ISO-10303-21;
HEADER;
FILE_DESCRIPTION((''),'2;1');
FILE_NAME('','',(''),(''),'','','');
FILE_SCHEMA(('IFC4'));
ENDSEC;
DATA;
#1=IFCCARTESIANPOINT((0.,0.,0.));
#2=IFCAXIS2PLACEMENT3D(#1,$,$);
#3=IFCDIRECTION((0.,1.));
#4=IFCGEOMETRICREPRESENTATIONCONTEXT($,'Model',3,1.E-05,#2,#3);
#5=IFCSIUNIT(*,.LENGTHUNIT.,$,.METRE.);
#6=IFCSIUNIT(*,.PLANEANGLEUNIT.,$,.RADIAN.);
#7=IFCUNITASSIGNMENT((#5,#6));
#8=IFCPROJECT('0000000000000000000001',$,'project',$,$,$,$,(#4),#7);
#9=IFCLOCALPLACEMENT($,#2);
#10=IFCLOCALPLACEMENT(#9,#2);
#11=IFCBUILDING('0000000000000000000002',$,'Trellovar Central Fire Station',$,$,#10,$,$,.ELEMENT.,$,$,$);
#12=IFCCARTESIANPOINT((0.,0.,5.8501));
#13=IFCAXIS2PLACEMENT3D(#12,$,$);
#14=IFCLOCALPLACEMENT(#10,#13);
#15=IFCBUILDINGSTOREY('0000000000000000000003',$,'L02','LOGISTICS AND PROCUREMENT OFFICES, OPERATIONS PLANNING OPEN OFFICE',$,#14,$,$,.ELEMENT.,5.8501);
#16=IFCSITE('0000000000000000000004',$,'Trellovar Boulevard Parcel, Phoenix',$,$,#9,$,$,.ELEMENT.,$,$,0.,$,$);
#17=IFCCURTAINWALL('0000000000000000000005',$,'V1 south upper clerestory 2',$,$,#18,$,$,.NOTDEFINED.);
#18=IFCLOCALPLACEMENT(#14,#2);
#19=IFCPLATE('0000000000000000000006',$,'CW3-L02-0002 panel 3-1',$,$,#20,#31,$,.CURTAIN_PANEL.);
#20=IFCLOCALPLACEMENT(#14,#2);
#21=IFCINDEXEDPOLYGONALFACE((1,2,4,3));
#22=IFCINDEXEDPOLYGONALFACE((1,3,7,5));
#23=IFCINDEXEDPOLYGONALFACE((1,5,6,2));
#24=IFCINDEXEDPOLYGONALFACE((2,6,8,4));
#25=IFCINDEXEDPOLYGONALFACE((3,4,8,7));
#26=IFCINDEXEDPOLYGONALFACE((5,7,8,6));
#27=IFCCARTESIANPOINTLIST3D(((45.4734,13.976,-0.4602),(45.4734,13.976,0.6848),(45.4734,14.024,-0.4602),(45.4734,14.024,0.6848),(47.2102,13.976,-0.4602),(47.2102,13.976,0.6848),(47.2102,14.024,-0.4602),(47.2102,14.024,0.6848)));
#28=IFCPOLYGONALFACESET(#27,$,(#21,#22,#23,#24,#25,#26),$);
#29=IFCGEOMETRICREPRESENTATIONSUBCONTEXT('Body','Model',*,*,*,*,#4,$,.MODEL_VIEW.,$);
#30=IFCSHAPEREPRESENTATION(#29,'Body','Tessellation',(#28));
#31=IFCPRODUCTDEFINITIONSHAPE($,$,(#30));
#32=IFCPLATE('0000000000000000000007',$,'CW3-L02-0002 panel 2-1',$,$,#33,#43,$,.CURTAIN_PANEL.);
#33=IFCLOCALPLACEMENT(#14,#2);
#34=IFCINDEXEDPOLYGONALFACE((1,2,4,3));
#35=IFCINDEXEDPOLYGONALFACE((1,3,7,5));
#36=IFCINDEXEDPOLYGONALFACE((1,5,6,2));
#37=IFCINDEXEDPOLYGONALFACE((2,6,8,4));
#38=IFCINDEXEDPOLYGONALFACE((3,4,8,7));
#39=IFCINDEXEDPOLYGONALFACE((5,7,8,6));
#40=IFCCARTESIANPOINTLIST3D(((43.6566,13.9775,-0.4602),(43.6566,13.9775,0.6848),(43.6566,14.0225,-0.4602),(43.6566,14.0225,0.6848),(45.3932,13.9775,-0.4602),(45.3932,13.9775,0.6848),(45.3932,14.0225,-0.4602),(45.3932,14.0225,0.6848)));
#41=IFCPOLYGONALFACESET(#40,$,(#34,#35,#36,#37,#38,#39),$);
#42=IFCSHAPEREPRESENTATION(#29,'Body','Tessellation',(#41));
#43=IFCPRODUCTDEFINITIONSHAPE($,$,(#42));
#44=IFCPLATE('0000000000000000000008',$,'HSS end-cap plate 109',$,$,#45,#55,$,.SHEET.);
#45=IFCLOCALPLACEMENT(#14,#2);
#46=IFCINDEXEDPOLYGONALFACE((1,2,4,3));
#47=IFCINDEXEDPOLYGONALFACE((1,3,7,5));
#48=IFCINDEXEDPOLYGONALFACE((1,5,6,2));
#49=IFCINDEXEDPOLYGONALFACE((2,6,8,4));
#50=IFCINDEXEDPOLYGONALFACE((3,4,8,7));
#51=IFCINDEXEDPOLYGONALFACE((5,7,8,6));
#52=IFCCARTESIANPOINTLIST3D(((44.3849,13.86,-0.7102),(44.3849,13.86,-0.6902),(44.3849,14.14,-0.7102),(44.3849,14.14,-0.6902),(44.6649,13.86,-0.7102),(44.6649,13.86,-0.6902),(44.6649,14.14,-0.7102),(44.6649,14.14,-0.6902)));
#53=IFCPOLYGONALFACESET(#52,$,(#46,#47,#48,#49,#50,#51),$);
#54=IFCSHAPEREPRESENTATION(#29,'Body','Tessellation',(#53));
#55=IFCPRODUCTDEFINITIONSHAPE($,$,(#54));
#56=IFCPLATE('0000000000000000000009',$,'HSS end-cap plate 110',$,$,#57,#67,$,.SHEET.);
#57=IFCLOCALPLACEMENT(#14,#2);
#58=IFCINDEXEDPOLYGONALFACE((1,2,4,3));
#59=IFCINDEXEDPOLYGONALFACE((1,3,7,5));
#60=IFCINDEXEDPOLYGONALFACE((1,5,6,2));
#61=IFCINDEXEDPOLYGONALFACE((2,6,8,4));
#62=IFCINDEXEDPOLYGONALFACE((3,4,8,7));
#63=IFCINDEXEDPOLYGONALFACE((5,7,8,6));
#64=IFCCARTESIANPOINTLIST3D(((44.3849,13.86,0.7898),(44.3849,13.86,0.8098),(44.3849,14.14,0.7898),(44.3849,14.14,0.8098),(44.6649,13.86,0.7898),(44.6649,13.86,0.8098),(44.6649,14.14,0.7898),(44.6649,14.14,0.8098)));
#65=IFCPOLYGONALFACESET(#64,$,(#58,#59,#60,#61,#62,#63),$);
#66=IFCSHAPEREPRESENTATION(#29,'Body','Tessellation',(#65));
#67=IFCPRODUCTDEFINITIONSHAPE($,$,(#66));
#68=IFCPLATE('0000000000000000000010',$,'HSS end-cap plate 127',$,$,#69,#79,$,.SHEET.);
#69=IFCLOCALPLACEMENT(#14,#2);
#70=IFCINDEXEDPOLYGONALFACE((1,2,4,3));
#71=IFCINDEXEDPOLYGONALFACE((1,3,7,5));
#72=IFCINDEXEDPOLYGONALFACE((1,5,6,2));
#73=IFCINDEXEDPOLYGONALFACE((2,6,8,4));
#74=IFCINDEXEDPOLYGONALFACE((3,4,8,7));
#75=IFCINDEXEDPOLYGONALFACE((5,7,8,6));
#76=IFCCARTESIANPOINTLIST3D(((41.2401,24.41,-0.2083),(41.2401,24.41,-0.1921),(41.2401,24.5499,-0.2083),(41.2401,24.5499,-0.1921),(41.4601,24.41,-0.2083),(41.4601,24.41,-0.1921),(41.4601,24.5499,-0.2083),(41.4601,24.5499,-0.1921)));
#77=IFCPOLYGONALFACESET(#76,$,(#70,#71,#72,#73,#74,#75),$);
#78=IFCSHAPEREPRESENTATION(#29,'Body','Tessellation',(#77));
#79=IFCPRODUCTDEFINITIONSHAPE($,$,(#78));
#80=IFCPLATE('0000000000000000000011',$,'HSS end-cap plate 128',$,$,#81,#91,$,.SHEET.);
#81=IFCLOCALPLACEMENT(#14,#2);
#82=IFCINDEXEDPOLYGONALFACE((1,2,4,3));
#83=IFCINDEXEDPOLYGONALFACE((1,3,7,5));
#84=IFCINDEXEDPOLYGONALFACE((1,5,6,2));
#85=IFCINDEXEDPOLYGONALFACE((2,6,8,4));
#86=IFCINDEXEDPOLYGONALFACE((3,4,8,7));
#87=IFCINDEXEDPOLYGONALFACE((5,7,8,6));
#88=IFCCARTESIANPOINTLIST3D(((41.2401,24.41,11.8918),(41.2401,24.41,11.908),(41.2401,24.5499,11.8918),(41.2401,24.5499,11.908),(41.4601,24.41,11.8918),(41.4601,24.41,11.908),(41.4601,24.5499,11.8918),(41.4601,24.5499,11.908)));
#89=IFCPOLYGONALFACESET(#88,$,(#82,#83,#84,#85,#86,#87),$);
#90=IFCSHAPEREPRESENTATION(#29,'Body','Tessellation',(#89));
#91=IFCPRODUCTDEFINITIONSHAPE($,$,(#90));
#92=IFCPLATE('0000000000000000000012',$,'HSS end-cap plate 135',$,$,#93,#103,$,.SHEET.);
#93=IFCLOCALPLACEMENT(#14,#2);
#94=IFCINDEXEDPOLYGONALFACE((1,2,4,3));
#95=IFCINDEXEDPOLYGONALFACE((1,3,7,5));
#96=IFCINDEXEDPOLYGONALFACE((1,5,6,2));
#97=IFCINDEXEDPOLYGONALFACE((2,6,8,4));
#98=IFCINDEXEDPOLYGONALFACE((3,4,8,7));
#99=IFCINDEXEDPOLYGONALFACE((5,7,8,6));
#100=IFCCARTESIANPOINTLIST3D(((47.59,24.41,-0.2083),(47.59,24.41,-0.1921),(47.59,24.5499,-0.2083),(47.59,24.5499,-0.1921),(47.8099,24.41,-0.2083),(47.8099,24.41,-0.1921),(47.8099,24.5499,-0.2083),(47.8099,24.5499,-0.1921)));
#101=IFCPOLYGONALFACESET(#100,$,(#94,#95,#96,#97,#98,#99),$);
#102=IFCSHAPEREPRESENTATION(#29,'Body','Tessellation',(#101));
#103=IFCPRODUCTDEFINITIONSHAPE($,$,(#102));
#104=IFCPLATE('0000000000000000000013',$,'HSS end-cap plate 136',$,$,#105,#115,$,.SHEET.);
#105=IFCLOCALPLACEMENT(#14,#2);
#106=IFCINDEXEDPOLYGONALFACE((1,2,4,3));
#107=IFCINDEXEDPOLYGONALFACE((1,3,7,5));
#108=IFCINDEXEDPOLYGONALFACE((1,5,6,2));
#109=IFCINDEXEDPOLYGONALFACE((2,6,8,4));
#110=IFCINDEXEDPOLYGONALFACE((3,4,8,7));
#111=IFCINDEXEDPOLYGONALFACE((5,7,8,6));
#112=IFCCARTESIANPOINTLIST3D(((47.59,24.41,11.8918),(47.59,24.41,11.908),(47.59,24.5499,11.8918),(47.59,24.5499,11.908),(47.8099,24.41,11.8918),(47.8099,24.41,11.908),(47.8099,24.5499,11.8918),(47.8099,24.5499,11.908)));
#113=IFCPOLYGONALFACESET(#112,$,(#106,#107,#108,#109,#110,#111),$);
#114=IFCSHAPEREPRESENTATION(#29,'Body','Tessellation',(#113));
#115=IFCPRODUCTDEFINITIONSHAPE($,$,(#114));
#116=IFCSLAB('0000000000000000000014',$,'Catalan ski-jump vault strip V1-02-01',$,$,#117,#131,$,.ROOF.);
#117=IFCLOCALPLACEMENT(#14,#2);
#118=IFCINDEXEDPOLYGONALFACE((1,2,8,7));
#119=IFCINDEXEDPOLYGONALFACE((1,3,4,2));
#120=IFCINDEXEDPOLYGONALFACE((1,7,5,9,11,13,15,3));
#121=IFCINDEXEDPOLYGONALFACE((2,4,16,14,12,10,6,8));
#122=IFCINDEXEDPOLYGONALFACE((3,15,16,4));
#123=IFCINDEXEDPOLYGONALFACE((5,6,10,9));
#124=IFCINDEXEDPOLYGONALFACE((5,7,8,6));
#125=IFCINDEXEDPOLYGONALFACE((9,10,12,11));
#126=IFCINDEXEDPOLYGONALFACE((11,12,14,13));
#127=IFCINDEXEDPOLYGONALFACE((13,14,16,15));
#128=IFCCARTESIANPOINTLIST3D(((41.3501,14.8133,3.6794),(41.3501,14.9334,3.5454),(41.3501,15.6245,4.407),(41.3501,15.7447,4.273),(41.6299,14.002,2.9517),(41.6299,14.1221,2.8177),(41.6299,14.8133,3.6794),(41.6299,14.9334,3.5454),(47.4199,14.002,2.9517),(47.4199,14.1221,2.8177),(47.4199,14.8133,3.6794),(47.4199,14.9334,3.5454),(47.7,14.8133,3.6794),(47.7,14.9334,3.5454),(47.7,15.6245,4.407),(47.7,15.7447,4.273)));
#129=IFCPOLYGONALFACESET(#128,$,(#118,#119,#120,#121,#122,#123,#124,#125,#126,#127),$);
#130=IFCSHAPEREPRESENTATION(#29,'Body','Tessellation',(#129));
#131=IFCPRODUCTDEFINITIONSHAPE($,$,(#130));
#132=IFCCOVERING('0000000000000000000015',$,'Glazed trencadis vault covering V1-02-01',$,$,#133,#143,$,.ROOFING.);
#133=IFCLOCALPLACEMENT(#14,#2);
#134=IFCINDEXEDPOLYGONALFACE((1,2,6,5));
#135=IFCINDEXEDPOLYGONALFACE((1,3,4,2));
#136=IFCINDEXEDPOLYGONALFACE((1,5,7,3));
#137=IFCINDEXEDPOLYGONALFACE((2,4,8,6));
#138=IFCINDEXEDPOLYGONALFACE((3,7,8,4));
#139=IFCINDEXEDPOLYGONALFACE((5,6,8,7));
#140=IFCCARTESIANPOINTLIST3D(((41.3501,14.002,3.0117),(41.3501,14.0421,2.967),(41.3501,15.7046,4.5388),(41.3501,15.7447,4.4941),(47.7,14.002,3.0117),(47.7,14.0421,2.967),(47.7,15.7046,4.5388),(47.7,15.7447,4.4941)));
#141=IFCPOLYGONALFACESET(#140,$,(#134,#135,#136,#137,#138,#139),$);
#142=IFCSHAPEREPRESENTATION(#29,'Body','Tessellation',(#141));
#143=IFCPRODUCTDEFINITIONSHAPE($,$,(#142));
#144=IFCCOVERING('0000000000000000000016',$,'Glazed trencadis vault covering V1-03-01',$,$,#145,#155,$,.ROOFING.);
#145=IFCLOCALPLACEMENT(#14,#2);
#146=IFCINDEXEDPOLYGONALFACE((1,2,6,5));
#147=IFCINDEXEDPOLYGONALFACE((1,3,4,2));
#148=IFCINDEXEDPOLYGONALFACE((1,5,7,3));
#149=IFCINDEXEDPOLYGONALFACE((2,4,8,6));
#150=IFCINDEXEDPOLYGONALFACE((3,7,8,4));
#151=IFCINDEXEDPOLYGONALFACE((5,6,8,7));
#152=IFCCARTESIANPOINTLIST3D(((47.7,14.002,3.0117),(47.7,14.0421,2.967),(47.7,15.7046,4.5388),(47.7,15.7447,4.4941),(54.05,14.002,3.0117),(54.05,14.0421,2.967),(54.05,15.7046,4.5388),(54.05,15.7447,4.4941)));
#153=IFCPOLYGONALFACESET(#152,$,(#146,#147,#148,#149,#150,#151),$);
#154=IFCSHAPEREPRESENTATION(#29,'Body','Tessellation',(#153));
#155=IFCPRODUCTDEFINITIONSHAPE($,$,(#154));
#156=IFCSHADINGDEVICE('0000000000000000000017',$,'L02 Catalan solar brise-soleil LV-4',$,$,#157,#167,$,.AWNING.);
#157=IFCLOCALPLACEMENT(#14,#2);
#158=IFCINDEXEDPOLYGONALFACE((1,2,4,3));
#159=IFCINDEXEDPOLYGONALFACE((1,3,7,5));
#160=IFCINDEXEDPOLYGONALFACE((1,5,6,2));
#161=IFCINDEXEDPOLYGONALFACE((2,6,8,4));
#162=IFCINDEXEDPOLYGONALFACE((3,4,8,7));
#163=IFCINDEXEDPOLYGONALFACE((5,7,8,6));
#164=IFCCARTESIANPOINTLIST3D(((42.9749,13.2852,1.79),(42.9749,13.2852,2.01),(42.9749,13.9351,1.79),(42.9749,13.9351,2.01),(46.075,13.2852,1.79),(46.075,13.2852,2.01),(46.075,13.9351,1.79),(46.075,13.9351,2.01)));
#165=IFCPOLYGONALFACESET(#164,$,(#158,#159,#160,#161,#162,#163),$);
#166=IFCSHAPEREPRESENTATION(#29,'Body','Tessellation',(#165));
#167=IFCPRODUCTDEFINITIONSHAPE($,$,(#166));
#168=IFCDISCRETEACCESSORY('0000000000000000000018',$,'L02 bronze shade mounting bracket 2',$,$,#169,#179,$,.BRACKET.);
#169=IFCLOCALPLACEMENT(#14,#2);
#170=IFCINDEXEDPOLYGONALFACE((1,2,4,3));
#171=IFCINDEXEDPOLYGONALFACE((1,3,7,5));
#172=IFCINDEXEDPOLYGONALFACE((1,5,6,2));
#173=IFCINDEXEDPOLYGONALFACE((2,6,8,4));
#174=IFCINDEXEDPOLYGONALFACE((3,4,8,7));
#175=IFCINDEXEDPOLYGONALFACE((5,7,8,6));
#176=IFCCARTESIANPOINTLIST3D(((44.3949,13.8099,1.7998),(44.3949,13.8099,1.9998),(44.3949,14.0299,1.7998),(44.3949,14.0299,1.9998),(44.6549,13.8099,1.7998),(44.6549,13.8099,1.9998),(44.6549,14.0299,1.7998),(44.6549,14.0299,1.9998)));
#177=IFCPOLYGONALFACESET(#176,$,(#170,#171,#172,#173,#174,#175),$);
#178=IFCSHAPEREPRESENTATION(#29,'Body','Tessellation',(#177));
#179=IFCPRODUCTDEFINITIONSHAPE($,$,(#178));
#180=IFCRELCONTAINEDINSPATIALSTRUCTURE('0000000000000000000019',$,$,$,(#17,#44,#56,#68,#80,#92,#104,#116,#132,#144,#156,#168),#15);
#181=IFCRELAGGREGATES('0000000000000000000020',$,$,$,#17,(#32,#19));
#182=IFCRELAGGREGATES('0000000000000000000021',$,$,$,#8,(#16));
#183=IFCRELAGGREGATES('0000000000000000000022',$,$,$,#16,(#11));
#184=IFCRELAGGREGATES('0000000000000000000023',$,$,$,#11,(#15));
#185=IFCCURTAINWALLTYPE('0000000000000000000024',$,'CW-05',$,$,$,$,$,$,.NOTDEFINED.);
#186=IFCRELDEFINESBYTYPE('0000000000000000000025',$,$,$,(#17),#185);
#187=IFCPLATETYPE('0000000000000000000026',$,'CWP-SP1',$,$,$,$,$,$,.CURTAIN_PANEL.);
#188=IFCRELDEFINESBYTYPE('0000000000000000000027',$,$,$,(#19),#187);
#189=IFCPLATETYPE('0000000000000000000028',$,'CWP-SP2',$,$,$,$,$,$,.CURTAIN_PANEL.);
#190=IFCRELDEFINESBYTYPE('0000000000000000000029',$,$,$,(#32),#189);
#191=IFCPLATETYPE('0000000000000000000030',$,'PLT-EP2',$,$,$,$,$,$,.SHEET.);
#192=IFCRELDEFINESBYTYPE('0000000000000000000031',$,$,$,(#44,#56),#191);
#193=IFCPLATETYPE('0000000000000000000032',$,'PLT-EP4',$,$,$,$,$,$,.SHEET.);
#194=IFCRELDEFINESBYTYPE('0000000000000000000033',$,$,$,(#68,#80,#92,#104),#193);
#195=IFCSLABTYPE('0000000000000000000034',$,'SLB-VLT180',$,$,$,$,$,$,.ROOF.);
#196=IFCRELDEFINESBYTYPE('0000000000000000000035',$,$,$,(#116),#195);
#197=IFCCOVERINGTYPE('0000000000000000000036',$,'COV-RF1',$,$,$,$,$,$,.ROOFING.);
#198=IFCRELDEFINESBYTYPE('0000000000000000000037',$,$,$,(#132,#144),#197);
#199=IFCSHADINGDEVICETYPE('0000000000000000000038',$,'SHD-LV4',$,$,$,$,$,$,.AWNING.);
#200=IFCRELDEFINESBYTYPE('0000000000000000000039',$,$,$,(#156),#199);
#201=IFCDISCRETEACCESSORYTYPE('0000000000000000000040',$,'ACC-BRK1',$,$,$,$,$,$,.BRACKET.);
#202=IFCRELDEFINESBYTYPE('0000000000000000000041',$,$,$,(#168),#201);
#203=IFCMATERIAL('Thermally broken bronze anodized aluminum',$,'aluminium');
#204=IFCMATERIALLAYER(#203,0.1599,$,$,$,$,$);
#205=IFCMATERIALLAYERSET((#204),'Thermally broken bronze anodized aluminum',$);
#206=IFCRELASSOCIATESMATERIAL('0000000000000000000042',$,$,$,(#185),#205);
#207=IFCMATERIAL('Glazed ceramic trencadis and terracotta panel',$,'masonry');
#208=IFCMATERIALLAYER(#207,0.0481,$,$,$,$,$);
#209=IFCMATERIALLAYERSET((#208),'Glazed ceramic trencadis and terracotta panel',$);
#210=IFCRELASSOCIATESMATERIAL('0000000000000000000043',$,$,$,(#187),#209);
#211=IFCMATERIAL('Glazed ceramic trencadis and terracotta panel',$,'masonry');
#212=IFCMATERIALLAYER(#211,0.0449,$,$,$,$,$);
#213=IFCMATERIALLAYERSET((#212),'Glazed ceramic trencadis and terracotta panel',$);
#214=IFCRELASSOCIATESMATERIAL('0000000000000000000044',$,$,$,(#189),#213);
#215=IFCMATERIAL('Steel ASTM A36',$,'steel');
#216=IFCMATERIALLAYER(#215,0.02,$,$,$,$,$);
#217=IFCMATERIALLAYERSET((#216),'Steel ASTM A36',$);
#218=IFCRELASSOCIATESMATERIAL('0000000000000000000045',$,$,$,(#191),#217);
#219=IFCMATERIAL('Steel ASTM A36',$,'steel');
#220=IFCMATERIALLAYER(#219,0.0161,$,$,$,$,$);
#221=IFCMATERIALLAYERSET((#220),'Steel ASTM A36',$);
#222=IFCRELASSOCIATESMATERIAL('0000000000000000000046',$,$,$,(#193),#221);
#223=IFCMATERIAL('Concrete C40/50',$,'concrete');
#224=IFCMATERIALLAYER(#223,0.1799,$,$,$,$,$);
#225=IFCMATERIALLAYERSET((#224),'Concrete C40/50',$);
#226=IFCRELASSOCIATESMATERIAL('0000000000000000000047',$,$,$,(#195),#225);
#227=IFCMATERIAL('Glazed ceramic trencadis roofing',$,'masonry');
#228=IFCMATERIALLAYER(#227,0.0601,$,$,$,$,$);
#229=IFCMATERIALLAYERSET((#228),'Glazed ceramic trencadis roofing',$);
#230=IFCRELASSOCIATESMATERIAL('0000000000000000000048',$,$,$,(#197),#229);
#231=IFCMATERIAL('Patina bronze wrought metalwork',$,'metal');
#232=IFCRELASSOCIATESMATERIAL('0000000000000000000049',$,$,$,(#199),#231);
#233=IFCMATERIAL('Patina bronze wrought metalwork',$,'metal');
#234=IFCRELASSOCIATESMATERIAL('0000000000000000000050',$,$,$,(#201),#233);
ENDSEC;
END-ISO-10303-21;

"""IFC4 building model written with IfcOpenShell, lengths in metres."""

from ifc_helpers import new_model, si_unit, direction, frame, origin, origin_2d, place, context, subcontext, project, spatial, polyline, rectangle, outline, extrude, material, layer, layer_set, type_object, element, aggregate, save


model = new_model("IFC4")

# Units and contexts
model_context = context("Model", 3, precision=1e-05, world=origin(), true_north=direction((0.0, 1.0)))
body_context = subcontext(model_context, "Body", "Model", "MODEL_VIEW")
ifc_project = project(units=[si_unit("LENGTHUNIT", "METRE"), si_unit("PLANEANGLEUNIT", "RADIAN")], contexts=[model_context])

# Site, building, storey
site_placement = place(None, origin())
site = spatial("IfcSite", under=ifc_project, at=site_placement, Name="Trellovar Boulevard Parcel, Phoenix", CompositionType="ELEMENT", RefElevation=0.0)
building_placement = place(site_placement, origin())
building = spatial("IfcBuilding", under=site, at=building_placement, Name="Trellovar Central Fire Station", CompositionType="ELEMENT")
storey_placement = place(building_placement, frame((0.0, 0.0, 5.8501)))
storey = spatial("IfcBuildingStorey", under=building, at=storey_placement, Name="L02", Description="LOGISTICS AND PROCUREMENT OFFICES, OPERATIONS PLANNING OPEN OFFICE", CompositionType="ELEMENT", Elevation=5.8501)

# Shared definitions
ifc_material_1 = material(Name="Thermally broken bronze anodized aluminum", Category="aluminium")
ifc_layer_1 = layer(ifc_material_1, 0.1599)
ifc_layer_set_1 = layer_set([ifc_layer_1], Name="Thermally broken bronze anodized aluminum")
curtain_wall_type = type_object("IfcCurtainWallType", Name="CW-05", PredefinedType="NOTDEFINED", material=ifc_layer_set_1)

# Curtain wall
curtain_wall_1_placement = place(storey_placement, origin())
curtain_wall_1 = element("IfcCurtainWall", 1, at=curtain_wall_1_placement, inside=storey, type_object=curtain_wall_type, Name="V1 south upper clerestory 2", PredefinedType="NOTDEFINED")

# Plates
ifc_material_2 = material(Name="Glazed ceramic trencadis and terracotta panel", Category="masonry")
ifc_layer_2 = layer(ifc_material_2, 0.0481)
ifc_layer_set_2 = layer_set([ifc_layer_2], Name="Glazed ceramic trencadis and terracotta panel")
plate_type_1 = type_object("IfcPlateType", Name="CWP-SP1", PredefinedType="CURTAIN_PANEL", material=ifc_layer_set_2)
plate_1_placement = place(storey_placement, frame((46.3418, 14.0, -0.4602), z_axis=(0.0, 0.0, 1.0), x_axis=(1.0, 0.0, 0.0)))
plate_1 = element("IfcPlate", 2, at=plate_1_placement, type_object=plate_type_1, Name="CW3-L02-0002 panel 3-1", PredefinedType="CURTAIN_PANEL", context=body_context, shape_type="SweptSolid", body=[
    extrude(rectangle(XDim=1.7368, YDim=0.0481, at=origin_2d()), origin(), (0.0, 0.0, 1.0), 1.145),
])
ifc_material_3 = material(Name="Glazed ceramic trencadis and terracotta panel", Category="masonry")
ifc_layer_3 = layer(ifc_material_3, 0.0449)
ifc_layer_set_3 = layer_set([ifc_layer_3], Name="Glazed ceramic trencadis and terracotta panel")
plate_type_2 = type_object("IfcPlateType", Name="CWP-SP2", PredefinedType="CURTAIN_PANEL", material=ifc_layer_set_3)
plate_2_placement = place(storey_placement, frame((44.5249, 14.0, -0.4602), z_axis=(0.0, 0.0, 1.0), x_axis=(1.0, 0.0, 0.0)))
plate_2 = element("IfcPlate", 3, at=plate_2_placement, type_object=plate_type_2, Name="CW3-L02-0002 panel 2-1", PredefinedType="CURTAIN_PANEL", context=body_context, shape_type="SweptSolid", body=[
    extrude(rectangle(XDim=1.7366, YDim=0.0449, at=origin_2d()), origin(), (0.0, 0.0, 1.0), 1.145),
])
aggregate(curtain_wall_1, [plate_2, plate_1])

# Plates
ifc_material_4 = material(Name="Steel ASTM A36", Category="steel")
ifc_layer_4 = layer(ifc_material_4, 0.02)
ifc_layer_set_4 = layer_set([ifc_layer_4], Name="Steel ASTM A36")
plate_type_3 = type_object("IfcPlateType", Name="PLT-EP2", PredefinedType="SHEET", material=ifc_layer_set_4)
for number, where, z_axis, x_axis, name in (
    (4, (44.5249, 14.0, -0.7102), (0.0, 0.0, 1.0), (1.0, 0.0, 0.0), "HSS end-cap plate 109"),
    (5, (44.5249, 14.0, 0.7898), (0.0, 0.0, 1.0), (1.0, 0.0, 0.0), "HSS end-cap plate 110"),
):
    element("IfcPlate", number, at=place(storey_placement, frame(where, z_axis=z_axis, x_axis=x_axis)), inside=storey, type_object=plate_type_3, Name=name, PredefinedType="SHEET", context=body_context, shape_type="SweptSolid", body=[
        extrude(rectangle(XDim=0.28, YDim=0.28, at=origin_2d()), origin(), (0.0, 0.0, 1.0), 0.02),
    ])
ifc_material_5 = material(Name="Steel ASTM A36", Category="steel")
ifc_layer_5 = layer(ifc_material_5, 0.0161)
ifc_layer_set_5 = layer_set([ifc_layer_5], Name="Steel ASTM A36")
plate_type_4 = type_object("IfcPlateType", Name="PLT-EP4", PredefinedType="SHEET", material=ifc_layer_set_5)
for number, where, z_axis, x_axis, name in (
    (6, (41.3501, 24.48, -0.2083), (0.0, 0.0, 1.0), (1.0, 0.0, 0.0), "HSS end-cap plate 127"),
    (7, (41.3501, 24.48, 11.8918), (0.0, 0.0, 1.0), (1.0, 0.0, 0.0), "HSS end-cap plate 128"),
    (8, (47.7, 24.48, -0.2083), (0.0, 0.0, 1.0), (1.0, 0.0, 0.0), "HSS end-cap plate 135"),
    (9, (47.7, 24.48, 11.8918), (0.0, 0.0, 1.0), (1.0, 0.0, 0.0), "HSS end-cap plate 136"),
):
    element("IfcPlate", number, at=place(storey_placement, frame(where, z_axis=z_axis, x_axis=x_axis)), inside=storey, type_object=plate_type_4, Name=name, PredefinedType="SHEET", context=body_context, shape_type="SweptSolid", body=[
        extrude(rectangle(XDim=0.22, YDim=0.1399, at=origin_2d()), origin(), (0.0, 0.0, 1.0), 0.0161),
    ])

# Slab
ifc_material_6 = material(Name="Concrete C40/50", Category="concrete")
ifc_layer_6 = layer(ifc_material_6, 0.1799)
ifc_layer_set_6 = layer_set([ifc_layer_6], Name="Concrete C40/50")
slab_type = type_object("IfcSlabType", Name="SLB-VLT180", PredefinedType="ROOF", material=ifc_layer_set_6)
slab_placement = place(storey_placement, frame((41.6299, 14.002, 2.9517), z_axis=(0.0, -0.667698, 0.744432), x_axis=(1.0, 0.0, 0.0)))
element("IfcSlab", 10, at=slab_placement, inside=storey, type_object=slab_type, Name="Catalan ski-jump vault strip V1-02-01", PredefinedType="ROOF", context=body_context, shape_type="SweptSolid", body=[
    extrude(outline(polyline([(0.0, 0.0), (5.79, 0.0), (5.79, 1.0899), (6.0701, 1.0899), (6.0701, 2.1796), (-0.2798, 2.1796), (-0.2798, 1.0899), (0.0, 1.0899), (0.0, 0.0)])), origin(), (0.0, 0.0, -1.0), 0.1799),
])

# Coverings
ifc_material_7 = material(Name="Glazed ceramic trencadis roofing", Category="masonry")
ifc_layer_7 = layer(ifc_material_7, 0.0601)
ifc_layer_set_7 = layer_set([ifc_layer_7], Name="Glazed ceramic trencadis roofing")
covering_type = type_object("IfcCoveringType", Name="COV-RF1", PredefinedType="ROOFING", material=ifc_layer_set_7)
covering_1_placement = place(storey_placement, frame((41.3501, 14.002, 3.0117), z_axis=(0.0, -0.66769, 0.74444), x_axis=(1.0, 0.0, 0.0)))
element("IfcCovering", 11, at=covering_1_placement, inside=storey, type_object=covering_type, Name="Glazed trencadis vault covering V1-02-01", PredefinedType="ROOFING", context=body_context, shape_type="SweptSolid", body=[
    extrude(outline(polyline([(0.0, 0.0), (6.3499, 0.0), (6.3499, 2.2871), (0.0, 2.2871), (0.0, 0.0)])), origin(), (0.0, 0.0, -1.0), 0.0601),
])
covering_2_placement = place(storey_placement, frame((47.7, 14.002, 3.0117), z_axis=(0.0, -0.66769, 0.74444), x_axis=(1.0, 0.0, 0.0)))
element("IfcCovering", 12, at=covering_2_placement, inside=storey, type_object=covering_type, Name="Glazed trencadis vault covering V1-03-01", PredefinedType="ROOFING", context=body_context, shape_type="SweptSolid", body=[
    extrude(outline(polyline([(0.0, 0.0), (6.3501, 0.0), (6.3501, 2.2871), (0.0, 2.2871), (0.0, 0.0)])), origin(), (0.0, 0.0, -1.0), 0.0601),
])

# Shading device
ifc_material_8 = material(Name="Patina bronze wrought metalwork", Category="metal")
shading_device_type = type_object("IfcShadingDeviceType", Name="SHD-LV4", PredefinedType="AWNING", material=ifc_material_8)
shading_device_placement = place(storey_placement, frame((44.5249, 13.6101, 1.79), z_axis=(0.0, 0.0, 1.0), x_axis=(1.0, 0.0, 0.0)))
element("IfcShadingDevice", 13, at=shading_device_placement, inside=storey, type_object=shading_device_type, Name="L02 Catalan solar brise-soleil LV-4", PredefinedType="AWNING", context=body_context, shape_type="SweptSolid", body=[
    extrude(rectangle(XDim=3.1001, YDim=0.6499, at=origin_2d()), origin(), (0.0, 0.0, 1.0), 0.22),
])

# Discrete accessory
ifc_material_9 = material(Name="Patina bronze wrought metalwork", Category="metal")
discrete_accessory_type = type_object("IfcDiscreteAccessoryType", Name="ACC-BRK1", PredefinedType="BRACKET", material=ifc_material_9)
discrete_accessory_placement = place(storey_placement, frame((44.5249, 13.9199, 1.7998), z_axis=(0.0, 0.0, 1.0), x_axis=(1.0, 0.0, 0.0)))
element("IfcDiscreteAccessory", 14, at=discrete_accessory_placement, inside=storey, type_object=discrete_accessory_type, Name="L02 bronze shade mounting bracket 2", PredefinedType="BRACKET", context=body_context, shape_type="SweptSolid", body=[
    extrude(rectangle(XDim=0.26, YDim=0.22, at=origin_2d()), origin(), (0.0, 0.0, 1.0), 0.2),
])

save(model, "model.ifc")
